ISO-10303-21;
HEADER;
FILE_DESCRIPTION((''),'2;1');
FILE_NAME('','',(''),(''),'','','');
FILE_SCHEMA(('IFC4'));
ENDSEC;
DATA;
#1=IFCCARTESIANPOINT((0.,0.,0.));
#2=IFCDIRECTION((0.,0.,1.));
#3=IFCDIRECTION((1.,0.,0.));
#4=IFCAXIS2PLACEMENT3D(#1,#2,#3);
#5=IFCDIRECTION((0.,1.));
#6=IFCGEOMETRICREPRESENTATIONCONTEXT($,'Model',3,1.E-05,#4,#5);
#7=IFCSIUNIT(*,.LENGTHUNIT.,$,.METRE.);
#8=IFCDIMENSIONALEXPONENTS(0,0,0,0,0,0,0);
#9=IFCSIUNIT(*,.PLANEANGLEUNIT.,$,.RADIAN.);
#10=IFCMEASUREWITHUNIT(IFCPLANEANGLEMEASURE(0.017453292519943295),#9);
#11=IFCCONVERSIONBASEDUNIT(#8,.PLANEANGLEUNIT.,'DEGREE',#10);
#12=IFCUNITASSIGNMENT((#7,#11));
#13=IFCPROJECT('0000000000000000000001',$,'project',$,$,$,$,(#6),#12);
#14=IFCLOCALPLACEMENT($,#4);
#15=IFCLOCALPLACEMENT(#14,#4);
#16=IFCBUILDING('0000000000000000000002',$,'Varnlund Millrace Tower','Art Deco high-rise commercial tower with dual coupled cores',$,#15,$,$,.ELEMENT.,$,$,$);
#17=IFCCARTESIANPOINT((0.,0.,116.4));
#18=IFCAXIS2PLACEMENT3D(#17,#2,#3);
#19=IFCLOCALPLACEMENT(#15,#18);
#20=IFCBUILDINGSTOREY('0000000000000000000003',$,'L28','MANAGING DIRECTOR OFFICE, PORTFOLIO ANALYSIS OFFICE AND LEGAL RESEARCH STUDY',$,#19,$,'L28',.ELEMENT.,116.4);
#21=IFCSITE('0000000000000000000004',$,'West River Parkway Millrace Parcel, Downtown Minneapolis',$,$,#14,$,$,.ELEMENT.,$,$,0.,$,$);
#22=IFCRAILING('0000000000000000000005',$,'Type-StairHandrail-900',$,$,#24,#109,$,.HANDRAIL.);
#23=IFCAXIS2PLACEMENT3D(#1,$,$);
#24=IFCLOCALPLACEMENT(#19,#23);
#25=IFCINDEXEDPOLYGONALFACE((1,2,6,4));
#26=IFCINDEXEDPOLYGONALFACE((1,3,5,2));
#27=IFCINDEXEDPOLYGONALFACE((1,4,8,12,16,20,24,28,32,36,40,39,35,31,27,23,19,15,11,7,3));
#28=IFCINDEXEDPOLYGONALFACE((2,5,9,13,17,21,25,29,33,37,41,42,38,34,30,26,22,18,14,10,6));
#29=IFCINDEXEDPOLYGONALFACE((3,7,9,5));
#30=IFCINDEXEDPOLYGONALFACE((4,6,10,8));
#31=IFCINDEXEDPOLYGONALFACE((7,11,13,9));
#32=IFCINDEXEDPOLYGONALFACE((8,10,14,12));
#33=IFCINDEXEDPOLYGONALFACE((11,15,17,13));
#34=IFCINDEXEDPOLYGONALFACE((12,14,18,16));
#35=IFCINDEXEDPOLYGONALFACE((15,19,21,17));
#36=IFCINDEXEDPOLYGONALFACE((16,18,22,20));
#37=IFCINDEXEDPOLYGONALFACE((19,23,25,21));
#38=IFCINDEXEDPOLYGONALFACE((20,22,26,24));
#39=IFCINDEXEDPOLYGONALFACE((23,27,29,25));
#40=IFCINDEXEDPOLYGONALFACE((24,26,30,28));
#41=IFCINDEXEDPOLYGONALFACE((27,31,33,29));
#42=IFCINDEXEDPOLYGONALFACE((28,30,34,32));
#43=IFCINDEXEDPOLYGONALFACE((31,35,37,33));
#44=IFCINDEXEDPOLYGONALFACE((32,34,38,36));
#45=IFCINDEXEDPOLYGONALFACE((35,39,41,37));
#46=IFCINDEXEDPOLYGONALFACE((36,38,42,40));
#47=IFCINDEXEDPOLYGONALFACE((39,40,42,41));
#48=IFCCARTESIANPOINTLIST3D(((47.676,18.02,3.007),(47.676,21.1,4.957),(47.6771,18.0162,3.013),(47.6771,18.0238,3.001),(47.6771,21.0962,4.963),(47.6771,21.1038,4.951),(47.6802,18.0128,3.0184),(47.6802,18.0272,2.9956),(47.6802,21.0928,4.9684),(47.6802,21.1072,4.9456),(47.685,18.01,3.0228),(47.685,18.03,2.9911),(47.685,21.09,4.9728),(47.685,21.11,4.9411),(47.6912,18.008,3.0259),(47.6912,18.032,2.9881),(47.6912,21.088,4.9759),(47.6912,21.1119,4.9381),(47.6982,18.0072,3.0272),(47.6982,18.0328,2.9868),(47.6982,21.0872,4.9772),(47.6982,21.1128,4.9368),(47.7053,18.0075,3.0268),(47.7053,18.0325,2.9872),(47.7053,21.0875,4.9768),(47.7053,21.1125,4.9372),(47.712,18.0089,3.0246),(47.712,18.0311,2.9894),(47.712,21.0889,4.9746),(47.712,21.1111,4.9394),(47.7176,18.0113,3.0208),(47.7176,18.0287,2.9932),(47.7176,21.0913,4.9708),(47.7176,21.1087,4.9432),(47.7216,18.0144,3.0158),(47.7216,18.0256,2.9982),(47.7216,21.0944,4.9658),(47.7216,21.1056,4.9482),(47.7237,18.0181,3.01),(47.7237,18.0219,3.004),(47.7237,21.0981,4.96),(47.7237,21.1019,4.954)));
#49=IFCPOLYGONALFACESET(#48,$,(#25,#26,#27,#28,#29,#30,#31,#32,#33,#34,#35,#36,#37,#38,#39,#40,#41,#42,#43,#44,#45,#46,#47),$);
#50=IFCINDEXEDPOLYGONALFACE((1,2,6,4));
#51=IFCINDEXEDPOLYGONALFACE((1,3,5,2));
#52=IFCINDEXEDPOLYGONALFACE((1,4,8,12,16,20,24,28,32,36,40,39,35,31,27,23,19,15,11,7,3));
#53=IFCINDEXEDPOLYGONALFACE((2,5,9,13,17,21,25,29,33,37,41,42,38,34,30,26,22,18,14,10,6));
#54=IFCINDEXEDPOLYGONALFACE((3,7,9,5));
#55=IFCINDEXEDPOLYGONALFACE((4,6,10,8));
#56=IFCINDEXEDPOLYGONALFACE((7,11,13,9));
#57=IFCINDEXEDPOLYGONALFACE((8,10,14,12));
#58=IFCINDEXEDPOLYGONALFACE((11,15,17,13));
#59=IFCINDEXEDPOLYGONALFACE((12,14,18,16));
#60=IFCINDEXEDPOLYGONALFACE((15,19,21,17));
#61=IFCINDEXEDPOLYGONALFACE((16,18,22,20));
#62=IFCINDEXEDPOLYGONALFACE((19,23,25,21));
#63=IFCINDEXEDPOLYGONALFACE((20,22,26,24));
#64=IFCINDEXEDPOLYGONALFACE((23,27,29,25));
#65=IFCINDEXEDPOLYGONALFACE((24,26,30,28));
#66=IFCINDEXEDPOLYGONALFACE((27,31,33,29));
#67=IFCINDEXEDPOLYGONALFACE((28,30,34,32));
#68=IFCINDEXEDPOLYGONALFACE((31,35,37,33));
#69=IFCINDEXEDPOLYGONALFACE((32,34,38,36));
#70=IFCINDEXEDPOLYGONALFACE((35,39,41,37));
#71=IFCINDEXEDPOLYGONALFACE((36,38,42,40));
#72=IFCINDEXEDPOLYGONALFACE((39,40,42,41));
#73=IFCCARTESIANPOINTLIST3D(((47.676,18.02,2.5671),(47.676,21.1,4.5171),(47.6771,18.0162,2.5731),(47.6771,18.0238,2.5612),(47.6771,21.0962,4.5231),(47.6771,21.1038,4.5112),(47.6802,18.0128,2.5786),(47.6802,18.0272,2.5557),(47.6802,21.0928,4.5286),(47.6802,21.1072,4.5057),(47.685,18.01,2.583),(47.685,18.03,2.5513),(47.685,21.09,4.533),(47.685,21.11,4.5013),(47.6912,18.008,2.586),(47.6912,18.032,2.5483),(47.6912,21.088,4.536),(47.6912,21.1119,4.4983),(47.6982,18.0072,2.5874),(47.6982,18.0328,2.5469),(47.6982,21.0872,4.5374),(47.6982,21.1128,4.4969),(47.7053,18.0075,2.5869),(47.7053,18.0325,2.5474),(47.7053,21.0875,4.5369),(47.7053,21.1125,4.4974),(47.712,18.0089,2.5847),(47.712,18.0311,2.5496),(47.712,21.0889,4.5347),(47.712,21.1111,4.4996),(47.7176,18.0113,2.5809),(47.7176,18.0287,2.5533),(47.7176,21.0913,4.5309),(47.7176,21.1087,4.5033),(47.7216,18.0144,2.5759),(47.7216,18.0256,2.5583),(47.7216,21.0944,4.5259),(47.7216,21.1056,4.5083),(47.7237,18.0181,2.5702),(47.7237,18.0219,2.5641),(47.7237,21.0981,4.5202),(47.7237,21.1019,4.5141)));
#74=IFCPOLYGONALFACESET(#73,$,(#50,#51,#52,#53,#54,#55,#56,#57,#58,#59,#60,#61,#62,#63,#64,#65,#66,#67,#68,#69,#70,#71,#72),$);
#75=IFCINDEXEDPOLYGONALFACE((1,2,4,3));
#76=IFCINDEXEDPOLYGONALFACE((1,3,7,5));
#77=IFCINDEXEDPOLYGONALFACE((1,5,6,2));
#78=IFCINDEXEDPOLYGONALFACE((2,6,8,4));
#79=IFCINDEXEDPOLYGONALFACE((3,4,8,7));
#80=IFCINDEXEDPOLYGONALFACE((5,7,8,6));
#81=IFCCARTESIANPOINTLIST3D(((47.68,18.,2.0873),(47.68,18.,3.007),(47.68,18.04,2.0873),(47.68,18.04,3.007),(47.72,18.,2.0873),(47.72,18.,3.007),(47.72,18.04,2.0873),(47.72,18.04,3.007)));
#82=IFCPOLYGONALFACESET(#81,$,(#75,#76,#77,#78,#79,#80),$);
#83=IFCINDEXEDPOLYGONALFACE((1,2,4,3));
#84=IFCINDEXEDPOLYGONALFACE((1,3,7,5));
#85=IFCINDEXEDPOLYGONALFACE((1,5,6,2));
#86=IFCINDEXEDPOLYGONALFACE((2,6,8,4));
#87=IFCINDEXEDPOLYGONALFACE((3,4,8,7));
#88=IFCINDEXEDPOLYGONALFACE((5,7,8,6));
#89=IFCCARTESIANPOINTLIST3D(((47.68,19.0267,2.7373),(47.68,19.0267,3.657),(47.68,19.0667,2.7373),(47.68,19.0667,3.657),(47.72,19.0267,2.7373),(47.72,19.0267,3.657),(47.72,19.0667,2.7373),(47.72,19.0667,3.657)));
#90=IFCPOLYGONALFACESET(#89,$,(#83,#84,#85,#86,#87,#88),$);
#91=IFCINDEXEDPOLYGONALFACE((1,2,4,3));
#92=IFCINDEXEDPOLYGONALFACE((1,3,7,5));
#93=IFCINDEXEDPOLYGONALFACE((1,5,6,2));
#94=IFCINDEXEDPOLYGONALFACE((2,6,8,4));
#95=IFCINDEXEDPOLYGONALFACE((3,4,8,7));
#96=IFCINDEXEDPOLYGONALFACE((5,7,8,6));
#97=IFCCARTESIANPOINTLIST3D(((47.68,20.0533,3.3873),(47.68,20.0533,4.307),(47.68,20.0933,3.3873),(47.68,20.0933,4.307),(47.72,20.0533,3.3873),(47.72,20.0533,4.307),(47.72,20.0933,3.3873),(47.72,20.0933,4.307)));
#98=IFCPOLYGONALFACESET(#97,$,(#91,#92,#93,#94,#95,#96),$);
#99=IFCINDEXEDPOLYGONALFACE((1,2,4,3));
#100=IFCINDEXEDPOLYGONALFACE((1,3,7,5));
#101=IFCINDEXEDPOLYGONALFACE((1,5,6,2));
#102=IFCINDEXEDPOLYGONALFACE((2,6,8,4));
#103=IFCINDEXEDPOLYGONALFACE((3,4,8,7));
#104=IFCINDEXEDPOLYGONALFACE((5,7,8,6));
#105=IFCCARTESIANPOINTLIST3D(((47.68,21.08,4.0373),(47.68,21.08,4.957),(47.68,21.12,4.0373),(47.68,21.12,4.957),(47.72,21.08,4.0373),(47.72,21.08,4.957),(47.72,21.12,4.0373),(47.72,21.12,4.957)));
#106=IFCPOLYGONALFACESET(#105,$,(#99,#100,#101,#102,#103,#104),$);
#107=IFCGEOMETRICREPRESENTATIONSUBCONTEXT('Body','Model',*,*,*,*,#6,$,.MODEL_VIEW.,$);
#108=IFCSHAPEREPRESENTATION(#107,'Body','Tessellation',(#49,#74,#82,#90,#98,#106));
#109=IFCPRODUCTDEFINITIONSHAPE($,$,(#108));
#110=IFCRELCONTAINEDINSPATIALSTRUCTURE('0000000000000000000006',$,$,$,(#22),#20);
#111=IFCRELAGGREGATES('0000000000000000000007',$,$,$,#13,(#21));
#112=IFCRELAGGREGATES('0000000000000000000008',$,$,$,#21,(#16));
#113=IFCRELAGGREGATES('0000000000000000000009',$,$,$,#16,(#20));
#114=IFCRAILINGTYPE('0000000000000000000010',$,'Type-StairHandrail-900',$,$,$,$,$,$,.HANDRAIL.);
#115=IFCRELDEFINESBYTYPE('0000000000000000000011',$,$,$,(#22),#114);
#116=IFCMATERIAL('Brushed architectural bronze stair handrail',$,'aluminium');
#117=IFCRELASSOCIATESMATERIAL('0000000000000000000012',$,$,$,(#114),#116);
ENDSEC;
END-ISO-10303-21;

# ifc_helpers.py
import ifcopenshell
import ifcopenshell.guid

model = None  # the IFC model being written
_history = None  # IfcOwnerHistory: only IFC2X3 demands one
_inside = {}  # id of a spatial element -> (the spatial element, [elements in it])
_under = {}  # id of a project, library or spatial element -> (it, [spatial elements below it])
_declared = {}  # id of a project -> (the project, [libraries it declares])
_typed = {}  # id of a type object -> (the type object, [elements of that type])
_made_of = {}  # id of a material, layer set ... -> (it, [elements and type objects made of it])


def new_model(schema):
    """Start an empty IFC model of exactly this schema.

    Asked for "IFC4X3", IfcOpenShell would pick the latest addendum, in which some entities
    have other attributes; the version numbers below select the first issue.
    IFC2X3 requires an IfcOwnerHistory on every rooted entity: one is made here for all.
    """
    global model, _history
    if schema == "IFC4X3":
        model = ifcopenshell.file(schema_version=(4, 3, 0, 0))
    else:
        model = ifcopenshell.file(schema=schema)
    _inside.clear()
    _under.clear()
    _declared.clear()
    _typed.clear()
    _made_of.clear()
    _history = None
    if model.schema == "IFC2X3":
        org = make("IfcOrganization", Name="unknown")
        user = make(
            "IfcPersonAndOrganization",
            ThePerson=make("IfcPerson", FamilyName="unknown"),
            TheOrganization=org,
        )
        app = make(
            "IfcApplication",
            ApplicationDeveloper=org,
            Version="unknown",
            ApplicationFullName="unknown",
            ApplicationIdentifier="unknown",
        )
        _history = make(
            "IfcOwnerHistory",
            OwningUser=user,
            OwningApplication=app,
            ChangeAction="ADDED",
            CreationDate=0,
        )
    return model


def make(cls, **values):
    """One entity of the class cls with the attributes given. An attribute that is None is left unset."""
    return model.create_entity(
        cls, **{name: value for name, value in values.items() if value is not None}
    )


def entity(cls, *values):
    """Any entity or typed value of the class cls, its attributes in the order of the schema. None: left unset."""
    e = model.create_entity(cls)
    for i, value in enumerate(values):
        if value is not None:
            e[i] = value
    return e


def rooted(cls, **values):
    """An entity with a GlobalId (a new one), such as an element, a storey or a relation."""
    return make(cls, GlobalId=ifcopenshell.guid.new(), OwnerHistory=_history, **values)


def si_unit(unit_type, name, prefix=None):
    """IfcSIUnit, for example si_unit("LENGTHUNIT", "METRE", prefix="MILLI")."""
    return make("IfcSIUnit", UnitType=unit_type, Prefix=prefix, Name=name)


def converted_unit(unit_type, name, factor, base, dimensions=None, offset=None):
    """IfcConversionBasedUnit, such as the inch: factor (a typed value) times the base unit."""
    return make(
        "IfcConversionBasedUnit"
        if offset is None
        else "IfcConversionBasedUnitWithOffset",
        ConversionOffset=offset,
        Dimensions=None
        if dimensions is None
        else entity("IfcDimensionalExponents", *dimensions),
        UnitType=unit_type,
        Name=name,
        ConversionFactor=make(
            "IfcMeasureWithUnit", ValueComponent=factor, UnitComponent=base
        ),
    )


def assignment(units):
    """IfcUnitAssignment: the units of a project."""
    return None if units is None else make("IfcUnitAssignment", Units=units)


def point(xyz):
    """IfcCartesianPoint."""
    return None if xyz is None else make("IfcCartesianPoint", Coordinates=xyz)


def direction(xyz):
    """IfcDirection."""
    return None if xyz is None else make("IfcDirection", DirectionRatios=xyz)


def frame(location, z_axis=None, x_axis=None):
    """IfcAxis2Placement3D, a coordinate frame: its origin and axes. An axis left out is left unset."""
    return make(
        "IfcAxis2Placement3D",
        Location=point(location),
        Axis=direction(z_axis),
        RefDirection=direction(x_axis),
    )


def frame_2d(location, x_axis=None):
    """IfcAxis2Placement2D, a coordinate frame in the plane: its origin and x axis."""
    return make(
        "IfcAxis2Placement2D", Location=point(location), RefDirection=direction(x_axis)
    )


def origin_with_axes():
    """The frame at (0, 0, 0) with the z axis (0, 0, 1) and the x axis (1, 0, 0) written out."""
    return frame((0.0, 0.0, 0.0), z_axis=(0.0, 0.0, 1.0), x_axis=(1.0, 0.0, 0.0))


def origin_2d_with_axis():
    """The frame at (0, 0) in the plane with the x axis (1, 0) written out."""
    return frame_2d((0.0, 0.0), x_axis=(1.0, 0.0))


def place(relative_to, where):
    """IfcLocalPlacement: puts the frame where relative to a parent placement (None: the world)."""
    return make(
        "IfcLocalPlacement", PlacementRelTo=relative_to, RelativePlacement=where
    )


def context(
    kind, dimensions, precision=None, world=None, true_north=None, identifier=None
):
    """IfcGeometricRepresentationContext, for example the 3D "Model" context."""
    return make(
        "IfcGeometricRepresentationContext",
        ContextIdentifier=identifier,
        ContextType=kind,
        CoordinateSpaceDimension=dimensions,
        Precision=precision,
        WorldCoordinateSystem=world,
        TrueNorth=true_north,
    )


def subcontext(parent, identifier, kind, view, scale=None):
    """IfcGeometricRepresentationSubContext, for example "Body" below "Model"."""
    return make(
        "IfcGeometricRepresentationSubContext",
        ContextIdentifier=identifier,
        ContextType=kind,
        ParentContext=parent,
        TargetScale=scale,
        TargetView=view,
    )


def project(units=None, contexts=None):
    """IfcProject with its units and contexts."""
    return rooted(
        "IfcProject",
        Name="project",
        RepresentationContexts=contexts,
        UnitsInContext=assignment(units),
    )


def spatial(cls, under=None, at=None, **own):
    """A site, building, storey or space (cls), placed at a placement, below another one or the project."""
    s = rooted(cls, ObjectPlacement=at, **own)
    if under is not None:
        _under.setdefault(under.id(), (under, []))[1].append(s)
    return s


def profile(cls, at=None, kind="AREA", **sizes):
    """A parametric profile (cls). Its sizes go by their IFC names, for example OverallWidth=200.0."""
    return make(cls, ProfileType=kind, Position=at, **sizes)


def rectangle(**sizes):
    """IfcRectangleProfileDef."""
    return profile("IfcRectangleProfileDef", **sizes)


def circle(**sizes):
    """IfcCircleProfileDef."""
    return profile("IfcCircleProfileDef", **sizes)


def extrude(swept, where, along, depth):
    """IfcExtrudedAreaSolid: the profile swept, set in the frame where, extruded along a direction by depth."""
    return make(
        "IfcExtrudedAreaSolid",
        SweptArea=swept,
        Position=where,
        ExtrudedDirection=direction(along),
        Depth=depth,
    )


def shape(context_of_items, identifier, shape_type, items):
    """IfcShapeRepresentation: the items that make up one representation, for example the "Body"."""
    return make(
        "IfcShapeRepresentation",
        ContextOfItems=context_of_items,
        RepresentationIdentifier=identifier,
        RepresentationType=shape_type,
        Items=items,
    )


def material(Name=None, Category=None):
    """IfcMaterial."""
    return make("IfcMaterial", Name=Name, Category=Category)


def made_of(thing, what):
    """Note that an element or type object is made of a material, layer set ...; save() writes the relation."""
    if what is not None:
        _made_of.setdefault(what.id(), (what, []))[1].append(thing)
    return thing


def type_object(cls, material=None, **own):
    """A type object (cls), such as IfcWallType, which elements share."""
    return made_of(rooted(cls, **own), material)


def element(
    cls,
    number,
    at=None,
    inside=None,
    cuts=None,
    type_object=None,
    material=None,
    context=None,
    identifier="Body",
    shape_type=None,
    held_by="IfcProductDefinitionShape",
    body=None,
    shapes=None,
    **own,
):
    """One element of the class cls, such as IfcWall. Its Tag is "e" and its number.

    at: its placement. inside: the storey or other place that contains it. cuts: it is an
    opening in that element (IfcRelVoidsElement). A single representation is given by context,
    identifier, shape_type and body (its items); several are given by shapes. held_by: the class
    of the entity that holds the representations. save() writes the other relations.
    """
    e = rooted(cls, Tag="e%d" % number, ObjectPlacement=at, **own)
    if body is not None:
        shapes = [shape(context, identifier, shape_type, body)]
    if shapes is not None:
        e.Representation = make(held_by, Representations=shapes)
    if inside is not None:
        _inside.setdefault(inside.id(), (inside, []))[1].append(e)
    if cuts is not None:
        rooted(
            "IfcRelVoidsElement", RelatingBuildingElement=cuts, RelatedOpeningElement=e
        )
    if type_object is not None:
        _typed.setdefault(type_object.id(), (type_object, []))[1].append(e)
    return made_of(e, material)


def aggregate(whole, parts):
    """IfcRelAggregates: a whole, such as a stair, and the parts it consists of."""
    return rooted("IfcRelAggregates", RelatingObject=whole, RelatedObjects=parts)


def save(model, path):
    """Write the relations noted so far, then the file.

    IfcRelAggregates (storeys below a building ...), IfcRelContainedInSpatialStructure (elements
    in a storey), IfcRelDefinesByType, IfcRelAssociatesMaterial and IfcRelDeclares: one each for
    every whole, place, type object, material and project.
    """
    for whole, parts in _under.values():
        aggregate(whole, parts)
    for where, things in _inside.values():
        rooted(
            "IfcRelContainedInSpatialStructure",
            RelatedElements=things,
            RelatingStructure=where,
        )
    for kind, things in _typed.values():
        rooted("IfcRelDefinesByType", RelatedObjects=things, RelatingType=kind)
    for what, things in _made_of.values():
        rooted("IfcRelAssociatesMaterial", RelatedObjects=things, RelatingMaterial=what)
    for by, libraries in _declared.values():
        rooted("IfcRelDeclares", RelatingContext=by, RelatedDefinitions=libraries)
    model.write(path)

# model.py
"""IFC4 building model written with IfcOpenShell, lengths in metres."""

from ifc_helpers import new_model, entity, si_unit, converted_unit, direction, frame, origin_with_axes, origin_2d_with_axis, place, context, subcontext, project, spatial, rectangle, circle, extrude, material, type_object, element, save


model = new_model("IFC4")

# Units and contexts
model_context = context("Model", 3, precision=1e-05, world=origin_with_axes(), true_north=direction((0.0, 1.0)))
body_context = subcontext(model_context, "Body", "Model", "MODEL_VIEW")
ifc_project = project(units=[si_unit("LENGTHUNIT", "METRE"), converted_unit("PLANEANGLEUNIT", "DEGREE", entity("IfcPlaneAngleMeasure", 0.017453292519943295), si_unit("PLANEANGLEUNIT", "RADIAN"), dimensions=[0, 0, 0, 0, 0, 0, 0])], contexts=[model_context])

# Site, building, storey
site_placement = place(None, origin_with_axes())
site = spatial("IfcSite", under=ifc_project, at=site_placement, Name="West River Parkway Millrace Parcel, Downtown Minneapolis", CompositionType="ELEMENT", RefElevation=0.0)
building_placement = place(site_placement, origin_with_axes())
building = spatial("IfcBuilding", under=site, at=building_placement, Name="Varnlund Millrace Tower", Description="Art Deco high-rise commercial tower with dual coupled cores", CompositionType="ELEMENT")
storey_placement = place(building_placement, frame((0.0, 0.0, 116.4), z_axis=(0.0, 0.0, 1.0), x_axis=(1.0, 0.0, 0.0)))
storey = spatial("IfcBuildingStorey", under=building, at=storey_placement, Name="L28", Description="MANAGING DIRECTOR OFFICE, PORTFOLIO ANALYSIS OFFICE AND LEGAL RESEARCH STUDY", LongName="L28", CompositionType="ELEMENT", Elevation=116.4)

# Railing
ifc_material_1 = material(Name="Brushed architectural bronze stair handrail", Category="aluminium")
railing_type_1 = type_object("IfcRailingType", Name="Type-StairHandrail-900", PredefinedType="HANDRAIL", material=ifc_material_1)
railing_1_placement = place(storey_placement, frame((0.0, 0.0, -116.4), z_axis=(0.0, 0.0, 1.0), x_axis=(1.0, 0.0, 0.0)))
element("IfcRailing", 1, at=railing_1_placement, inside=storey, type_object=railing_type_1, Name="Type-StairHandrail-900", PredefinedType="HANDRAIL", context=body_context, shape_type="SweptSolid", body=[
    extrude(circle(Radius=0.024, at=origin_2d_with_axis()), frame((47.7, 18.02, 119.407), z_axis=(0.0, 0.844902, 0.534922), x_axis=(-1.0, 0.0, 0.0)), (0.0, 0.0, 1.0), 3.6454),
    extrude(circle(Radius=0.024, at=origin_2d_with_axis()), frame((47.7, 18.02, 118.9671), z_axis=(0.0, 0.844902, 0.534922), x_axis=(-1.0, 0.0, 0.0)), (0.0, 0.0, 1.0), 3.6454),
    extrude(rectangle(XDim=0.04, YDim=0.04, at=origin_2d_with_axis()), frame((47.7, 18.02, 118.4873), z_axis=(0.0, 0.0, 1.0), x_axis=(1.0, 0.0, 0.0)), (0.0, 0.0, 1.0), 0.9197),
    extrude(rectangle(XDim=0.04, YDim=0.04, at=origin_2d_with_axis()), frame((47.7, 19.0467, 119.1373), z_axis=(0.0, 0.0, 1.0), x_axis=(1.0, 0.0, 0.0)), (0.0, 0.0, 1.0), 0.9197),
    extrude(rectangle(XDim=0.04, YDim=0.04, at=origin_2d_with_axis()), frame((47.7, 20.0733, 119.7873), z_axis=(0.0, 0.0, 1.0), x_axis=(1.0, 0.0, 0.0)), (0.0, 0.0, 1.0), 0.9197),
    extrude(rectangle(XDim=0.04, YDim=0.04, at=origin_2d_with_axis()), frame((47.7, 21.1, 120.4373), z_axis=(0.0, 0.0, 1.0), x_axis=(1.0, 0.0, 0.0)), (0.0, 0.0, 1.0), 0.9197),
])

save(model, "model.ifc")
